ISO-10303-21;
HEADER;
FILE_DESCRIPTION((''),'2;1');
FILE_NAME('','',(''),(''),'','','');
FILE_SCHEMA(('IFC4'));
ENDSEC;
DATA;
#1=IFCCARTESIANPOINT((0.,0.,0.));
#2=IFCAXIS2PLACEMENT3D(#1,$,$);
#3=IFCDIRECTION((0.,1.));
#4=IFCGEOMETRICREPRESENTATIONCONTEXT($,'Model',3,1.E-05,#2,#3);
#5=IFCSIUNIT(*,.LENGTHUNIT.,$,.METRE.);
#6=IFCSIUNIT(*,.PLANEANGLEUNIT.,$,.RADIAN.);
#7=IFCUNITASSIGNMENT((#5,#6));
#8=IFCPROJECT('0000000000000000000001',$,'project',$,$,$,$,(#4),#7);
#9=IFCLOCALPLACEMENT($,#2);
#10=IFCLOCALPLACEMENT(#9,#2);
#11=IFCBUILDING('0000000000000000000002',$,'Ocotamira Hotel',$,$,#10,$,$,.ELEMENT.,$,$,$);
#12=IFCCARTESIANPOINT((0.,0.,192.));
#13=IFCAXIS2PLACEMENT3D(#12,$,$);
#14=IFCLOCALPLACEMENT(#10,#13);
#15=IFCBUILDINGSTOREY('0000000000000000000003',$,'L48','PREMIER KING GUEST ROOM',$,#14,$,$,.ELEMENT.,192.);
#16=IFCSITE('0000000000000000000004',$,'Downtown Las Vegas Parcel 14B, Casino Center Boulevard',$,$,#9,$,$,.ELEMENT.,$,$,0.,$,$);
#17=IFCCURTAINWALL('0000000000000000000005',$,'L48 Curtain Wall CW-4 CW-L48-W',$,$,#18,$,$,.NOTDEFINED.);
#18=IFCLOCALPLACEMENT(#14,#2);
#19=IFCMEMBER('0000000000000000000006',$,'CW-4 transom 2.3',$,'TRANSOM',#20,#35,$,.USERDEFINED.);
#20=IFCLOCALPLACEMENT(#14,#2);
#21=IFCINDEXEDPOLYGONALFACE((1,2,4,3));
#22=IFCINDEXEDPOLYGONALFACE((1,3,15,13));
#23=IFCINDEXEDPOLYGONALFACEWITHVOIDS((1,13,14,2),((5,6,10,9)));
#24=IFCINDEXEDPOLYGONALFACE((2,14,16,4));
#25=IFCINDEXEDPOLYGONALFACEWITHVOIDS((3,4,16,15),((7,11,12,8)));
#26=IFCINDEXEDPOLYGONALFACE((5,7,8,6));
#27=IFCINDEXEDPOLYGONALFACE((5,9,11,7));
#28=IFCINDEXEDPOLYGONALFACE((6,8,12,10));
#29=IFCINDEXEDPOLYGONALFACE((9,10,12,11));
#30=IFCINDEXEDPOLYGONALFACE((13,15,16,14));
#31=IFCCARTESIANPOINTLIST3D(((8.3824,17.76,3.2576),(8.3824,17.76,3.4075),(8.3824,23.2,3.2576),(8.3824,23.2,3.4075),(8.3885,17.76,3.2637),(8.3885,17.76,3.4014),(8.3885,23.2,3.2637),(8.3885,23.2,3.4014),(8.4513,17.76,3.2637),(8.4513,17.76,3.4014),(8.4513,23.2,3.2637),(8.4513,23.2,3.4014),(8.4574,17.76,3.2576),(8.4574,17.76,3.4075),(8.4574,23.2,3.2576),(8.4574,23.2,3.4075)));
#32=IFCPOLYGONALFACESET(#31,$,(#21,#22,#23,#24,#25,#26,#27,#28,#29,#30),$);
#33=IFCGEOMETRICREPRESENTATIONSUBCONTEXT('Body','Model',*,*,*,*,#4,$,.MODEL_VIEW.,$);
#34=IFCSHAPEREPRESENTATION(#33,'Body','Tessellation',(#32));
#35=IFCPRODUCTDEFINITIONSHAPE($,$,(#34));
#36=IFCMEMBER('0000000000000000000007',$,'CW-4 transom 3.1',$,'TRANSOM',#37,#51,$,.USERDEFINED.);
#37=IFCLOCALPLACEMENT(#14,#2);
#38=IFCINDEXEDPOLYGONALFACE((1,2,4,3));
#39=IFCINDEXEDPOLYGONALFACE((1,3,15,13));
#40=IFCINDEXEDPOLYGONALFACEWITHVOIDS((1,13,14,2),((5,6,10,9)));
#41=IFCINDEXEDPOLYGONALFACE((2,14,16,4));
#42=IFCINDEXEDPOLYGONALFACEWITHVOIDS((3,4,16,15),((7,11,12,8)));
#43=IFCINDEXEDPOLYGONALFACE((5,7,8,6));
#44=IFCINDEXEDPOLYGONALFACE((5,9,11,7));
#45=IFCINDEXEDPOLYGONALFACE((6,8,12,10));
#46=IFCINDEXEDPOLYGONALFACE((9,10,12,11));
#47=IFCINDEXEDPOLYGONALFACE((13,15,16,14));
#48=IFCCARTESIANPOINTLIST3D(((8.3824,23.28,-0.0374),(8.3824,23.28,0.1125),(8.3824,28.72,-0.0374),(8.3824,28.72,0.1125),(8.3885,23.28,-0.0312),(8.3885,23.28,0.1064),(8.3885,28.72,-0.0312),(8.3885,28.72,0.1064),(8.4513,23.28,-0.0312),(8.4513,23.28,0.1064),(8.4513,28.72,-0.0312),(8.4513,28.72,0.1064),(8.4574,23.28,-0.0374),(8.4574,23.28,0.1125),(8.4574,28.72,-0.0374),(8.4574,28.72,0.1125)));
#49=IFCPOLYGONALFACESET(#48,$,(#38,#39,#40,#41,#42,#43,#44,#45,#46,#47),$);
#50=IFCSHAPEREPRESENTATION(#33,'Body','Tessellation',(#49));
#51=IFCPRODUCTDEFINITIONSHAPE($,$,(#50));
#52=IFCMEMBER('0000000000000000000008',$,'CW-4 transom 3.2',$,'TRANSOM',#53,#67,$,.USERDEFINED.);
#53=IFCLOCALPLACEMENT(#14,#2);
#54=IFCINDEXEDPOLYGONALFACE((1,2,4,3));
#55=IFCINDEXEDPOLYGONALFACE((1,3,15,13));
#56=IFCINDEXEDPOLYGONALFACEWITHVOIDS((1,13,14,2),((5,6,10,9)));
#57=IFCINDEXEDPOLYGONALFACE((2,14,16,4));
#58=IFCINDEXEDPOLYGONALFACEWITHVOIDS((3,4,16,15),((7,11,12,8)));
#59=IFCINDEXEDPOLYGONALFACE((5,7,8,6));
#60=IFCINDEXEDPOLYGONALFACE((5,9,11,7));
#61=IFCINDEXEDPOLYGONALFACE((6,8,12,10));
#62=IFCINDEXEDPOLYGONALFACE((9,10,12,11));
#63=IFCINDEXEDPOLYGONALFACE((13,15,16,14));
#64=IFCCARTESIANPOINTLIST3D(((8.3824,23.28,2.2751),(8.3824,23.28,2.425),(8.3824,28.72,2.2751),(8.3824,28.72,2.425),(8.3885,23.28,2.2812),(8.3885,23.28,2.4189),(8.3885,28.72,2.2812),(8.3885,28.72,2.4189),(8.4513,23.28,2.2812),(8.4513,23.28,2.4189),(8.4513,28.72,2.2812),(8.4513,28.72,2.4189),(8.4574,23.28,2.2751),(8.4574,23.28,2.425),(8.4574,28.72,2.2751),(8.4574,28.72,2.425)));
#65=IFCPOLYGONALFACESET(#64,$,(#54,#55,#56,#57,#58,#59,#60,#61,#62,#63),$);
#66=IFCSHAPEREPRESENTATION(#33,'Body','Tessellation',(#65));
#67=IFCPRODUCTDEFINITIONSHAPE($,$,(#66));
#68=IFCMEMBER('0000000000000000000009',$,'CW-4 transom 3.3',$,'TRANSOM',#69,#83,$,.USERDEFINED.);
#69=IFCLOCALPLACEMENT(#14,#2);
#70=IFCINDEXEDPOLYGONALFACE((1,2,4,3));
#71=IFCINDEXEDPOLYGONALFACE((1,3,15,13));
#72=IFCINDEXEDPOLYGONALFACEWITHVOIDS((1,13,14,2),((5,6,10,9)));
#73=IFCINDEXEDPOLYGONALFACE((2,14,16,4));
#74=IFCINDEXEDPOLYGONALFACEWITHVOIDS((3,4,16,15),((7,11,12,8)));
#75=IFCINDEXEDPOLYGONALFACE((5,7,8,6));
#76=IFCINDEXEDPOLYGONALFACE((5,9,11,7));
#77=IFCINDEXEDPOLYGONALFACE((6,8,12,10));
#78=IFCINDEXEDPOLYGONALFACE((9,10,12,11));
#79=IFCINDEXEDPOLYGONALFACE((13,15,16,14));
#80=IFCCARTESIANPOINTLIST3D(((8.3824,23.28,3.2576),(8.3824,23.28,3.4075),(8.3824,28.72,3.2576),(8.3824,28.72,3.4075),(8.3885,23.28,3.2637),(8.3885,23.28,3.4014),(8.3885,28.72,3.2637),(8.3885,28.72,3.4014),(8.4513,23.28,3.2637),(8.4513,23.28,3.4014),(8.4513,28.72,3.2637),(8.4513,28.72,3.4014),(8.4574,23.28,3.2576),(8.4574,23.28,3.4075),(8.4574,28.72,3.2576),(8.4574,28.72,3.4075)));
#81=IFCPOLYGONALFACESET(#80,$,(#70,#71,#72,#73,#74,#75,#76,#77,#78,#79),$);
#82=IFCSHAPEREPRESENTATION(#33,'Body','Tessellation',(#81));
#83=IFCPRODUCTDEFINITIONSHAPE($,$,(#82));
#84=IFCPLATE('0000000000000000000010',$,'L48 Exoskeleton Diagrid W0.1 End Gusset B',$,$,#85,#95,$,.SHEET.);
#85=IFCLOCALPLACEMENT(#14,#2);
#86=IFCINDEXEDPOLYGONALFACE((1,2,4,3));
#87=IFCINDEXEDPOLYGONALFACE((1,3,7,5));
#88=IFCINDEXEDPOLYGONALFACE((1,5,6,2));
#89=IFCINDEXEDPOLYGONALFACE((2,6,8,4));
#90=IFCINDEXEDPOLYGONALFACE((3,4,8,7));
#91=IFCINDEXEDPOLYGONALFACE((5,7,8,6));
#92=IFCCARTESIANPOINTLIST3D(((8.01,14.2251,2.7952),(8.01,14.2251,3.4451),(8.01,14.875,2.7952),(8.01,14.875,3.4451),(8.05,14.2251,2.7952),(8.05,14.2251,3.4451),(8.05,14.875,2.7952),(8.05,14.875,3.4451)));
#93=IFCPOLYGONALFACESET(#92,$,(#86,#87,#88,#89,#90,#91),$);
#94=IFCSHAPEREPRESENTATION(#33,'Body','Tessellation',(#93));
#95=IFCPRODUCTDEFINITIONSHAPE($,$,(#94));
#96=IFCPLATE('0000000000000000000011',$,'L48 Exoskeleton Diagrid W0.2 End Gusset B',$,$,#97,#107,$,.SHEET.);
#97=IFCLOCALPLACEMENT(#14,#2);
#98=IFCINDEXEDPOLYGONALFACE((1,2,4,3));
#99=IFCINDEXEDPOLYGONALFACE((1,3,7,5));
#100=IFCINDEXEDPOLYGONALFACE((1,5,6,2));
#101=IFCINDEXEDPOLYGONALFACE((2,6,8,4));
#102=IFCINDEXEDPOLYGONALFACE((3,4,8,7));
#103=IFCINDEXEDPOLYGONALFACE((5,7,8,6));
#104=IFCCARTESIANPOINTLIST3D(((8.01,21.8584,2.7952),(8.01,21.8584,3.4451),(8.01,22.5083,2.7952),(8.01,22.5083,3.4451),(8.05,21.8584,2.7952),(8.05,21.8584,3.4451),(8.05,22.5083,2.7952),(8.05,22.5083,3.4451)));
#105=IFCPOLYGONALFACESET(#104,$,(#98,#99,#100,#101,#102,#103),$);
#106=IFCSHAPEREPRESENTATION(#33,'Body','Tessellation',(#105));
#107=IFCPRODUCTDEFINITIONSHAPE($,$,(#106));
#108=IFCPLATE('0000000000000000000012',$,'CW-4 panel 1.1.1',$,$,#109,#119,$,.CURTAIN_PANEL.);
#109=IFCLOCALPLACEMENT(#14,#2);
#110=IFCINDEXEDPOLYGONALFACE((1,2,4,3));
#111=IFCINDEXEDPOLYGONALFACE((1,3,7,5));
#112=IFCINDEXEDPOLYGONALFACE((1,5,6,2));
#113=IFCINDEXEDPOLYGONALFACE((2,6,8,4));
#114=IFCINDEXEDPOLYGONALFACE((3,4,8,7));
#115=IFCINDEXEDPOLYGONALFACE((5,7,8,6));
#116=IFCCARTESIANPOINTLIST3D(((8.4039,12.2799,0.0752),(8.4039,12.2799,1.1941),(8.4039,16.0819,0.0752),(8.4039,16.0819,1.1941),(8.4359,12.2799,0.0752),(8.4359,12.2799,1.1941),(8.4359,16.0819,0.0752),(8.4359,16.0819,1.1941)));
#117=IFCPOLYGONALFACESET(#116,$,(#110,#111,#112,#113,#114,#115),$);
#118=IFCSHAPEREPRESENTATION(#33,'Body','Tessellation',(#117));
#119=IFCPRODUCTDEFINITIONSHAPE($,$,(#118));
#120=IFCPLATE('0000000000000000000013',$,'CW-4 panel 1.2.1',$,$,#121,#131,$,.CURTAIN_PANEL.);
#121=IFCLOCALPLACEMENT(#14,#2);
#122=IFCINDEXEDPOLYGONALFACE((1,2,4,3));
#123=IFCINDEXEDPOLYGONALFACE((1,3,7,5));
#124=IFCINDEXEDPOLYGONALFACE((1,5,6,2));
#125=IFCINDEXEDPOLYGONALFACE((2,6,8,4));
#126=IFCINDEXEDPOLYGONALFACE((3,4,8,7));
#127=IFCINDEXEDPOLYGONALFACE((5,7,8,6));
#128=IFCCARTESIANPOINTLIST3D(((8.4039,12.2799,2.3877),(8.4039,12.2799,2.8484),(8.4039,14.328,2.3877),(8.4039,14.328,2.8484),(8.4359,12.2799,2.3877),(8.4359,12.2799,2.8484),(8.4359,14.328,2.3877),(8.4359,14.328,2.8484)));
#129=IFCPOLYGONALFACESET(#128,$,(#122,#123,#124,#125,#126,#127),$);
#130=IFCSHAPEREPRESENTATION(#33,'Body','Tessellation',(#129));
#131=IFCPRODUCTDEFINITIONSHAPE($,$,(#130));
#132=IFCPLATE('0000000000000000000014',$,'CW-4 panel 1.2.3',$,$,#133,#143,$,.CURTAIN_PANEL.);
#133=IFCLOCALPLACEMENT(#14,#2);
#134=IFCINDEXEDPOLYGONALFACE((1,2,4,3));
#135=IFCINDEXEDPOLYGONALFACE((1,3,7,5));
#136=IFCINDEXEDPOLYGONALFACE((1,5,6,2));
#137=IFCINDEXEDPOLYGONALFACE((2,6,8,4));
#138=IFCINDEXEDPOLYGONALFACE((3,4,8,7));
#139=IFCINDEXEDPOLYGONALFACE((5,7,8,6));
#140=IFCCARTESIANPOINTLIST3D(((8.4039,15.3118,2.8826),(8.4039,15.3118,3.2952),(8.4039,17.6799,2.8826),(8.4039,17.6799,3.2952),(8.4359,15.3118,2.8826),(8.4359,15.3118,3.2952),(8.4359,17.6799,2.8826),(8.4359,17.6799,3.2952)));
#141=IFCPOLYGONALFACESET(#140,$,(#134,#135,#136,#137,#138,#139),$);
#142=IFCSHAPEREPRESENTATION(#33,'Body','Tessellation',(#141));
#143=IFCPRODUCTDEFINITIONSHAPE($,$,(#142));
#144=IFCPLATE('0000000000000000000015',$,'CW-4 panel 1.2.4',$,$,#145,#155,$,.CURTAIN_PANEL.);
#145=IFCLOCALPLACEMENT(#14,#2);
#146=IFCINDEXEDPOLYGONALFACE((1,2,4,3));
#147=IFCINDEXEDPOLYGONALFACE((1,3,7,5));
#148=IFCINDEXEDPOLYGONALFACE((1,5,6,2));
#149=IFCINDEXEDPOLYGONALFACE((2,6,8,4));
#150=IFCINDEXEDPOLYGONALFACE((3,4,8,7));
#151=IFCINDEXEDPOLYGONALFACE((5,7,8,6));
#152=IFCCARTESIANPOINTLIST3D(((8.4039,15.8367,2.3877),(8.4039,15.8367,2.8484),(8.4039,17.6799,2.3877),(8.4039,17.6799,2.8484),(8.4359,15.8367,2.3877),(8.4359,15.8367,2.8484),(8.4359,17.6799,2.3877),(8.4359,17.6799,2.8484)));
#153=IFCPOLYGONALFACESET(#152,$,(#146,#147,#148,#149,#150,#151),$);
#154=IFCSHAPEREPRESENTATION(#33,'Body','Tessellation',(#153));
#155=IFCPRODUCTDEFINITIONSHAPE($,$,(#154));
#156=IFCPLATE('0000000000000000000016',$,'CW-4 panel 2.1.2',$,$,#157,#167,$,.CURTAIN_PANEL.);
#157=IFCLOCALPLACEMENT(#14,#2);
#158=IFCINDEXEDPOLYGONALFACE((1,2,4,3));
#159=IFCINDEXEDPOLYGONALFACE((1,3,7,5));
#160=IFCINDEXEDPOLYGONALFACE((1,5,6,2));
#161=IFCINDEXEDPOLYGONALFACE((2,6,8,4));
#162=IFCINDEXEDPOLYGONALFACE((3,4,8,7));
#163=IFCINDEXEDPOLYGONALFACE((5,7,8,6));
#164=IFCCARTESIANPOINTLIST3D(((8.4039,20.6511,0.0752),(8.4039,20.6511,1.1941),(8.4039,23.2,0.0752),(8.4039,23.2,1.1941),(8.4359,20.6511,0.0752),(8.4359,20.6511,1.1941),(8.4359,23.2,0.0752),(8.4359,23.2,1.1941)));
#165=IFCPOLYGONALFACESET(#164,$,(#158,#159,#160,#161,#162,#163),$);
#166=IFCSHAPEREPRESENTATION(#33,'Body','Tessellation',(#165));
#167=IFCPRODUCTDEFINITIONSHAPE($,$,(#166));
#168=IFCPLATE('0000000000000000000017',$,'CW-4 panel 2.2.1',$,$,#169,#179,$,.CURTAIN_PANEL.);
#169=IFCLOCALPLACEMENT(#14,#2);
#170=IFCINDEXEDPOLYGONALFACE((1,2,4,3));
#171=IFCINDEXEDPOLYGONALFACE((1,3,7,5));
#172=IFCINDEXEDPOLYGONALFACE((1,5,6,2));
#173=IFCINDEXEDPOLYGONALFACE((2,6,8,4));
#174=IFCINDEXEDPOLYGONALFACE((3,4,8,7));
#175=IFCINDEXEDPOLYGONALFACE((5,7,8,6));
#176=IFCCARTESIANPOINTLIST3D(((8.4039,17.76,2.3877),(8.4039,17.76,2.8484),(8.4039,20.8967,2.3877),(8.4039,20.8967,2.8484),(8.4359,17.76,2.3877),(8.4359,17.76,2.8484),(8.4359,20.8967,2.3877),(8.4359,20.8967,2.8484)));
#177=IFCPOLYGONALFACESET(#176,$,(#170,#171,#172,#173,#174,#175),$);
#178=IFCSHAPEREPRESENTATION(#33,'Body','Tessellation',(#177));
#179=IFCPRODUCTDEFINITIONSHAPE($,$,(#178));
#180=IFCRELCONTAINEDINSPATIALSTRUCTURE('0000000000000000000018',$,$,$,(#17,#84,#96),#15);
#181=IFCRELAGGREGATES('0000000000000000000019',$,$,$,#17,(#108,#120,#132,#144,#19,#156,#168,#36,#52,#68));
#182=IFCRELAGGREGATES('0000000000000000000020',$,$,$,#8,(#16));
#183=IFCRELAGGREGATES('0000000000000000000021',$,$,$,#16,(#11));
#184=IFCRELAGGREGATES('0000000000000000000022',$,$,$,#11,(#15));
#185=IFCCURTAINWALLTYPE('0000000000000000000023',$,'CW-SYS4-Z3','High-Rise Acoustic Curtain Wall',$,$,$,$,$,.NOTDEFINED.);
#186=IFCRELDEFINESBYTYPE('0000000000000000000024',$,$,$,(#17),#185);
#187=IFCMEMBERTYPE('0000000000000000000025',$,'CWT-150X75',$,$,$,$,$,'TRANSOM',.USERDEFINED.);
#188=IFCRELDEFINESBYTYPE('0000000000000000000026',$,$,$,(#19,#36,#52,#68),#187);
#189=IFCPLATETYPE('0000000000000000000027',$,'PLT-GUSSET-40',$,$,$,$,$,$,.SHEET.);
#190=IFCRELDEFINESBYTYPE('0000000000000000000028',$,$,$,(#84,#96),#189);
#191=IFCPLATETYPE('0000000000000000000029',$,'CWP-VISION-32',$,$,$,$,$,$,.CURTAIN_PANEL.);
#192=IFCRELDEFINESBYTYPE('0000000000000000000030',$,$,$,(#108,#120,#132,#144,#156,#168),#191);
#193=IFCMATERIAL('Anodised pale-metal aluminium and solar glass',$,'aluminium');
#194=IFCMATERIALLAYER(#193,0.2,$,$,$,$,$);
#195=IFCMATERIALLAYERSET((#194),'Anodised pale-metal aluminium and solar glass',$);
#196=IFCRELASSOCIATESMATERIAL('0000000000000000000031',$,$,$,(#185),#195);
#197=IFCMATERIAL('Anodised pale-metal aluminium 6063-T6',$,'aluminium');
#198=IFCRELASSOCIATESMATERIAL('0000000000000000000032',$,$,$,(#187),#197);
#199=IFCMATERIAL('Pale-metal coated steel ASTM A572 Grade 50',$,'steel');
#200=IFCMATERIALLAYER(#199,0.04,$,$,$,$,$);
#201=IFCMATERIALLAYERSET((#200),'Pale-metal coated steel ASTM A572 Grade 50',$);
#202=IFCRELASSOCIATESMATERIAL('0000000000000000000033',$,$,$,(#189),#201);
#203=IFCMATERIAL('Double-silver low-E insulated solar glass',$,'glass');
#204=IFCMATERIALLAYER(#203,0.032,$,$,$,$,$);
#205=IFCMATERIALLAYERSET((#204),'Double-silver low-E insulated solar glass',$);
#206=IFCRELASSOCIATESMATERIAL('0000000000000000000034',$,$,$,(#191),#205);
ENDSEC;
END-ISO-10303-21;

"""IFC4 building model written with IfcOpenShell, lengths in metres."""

from ifc_helpers import new_model, si_unit, direction, frame, origin, origin_2d, place, context, subcontext, project, spatial, rectangle, hollow_rectangle, extrude, source, transform, mapped, material, layer, layer_set, material_profile, profile_set, type_object, element, aggregate, save


model = new_model("IFC4")

# Units and contexts
model_context = context("Model", 3, precision=1e-05, world=origin(), true_north=direction((0.0, 1.0)))
body_context = subcontext(model_context, "Body", "Model", "MODEL_VIEW")
ifc_project = project(units=[si_unit("LENGTHUNIT", "METRE"), si_unit("PLANEANGLEUNIT", "RADIAN")], contexts=[model_context])

# Site, building, storey
site_placement = place(None, origin())
site = spatial("IfcSite", under=ifc_project, at=site_placement, Name="Downtown Las Vegas Parcel 14B, Casino Center Boulevard", CompositionType="ELEMENT", RefElevation=0.0)
building_placement = place(site_placement, origin())
building = spatial("IfcBuilding", under=site, at=building_placement, Name="Ocotamira Hotel", CompositionType="ELEMENT")
storey_placement = place(building_placement, frame((0.0, 0.0, 192.0)))
storey = spatial("IfcBuildingStorey", under=building, at=storey_placement, Name="L48", Description="PREMIER KING GUEST ROOM", CompositionType="ELEMENT", Elevation=192.0)

# Curtain wall, members
ifc_material_1 = material(Name="Anodised pale-metal aluminium and solar glass", Category="aluminium")
ifc_layer_1 = layer(ifc_material_1, 0.2)
ifc_layer_set_1 = layer_set([ifc_layer_1], Name="Anodised pale-metal aluminium and solar glass")
curtain_wall_type = type_object("IfcCurtainWallType", Name="CW-SYS4-Z3", Description="High-Rise Acoustic Curtain Wall", PredefinedType="NOTDEFINED", material=ifc_layer_set_1)
curtain_wall_placement = place(storey_placement, origin())
curtain_wall = element("IfcCurtainWall", 1, at=curtain_wall_placement, inside=storey, type_object=curtain_wall_type, Name="L48 Curtain Wall CW-4 CW-L48-W", PredefinedType="NOTDEFINED")
ifc_material_2 = material(Name="Anodised pale-metal aluminium 6063-T6", Category="aluminium")
ifc_material_profile_1 = material_profile(ifc_material_2, hollow_rectangle(XDim=0.075, YDim=0.1499, WallThickness=0.0061, at=origin_2d()), Name="HSS150X75X6")
ifc_profile_set_1 = profile_set([ifc_material_profile_1], Name="Anodised pale-metal aluminium 6063-T6")
member_type_1 = type_object("IfcMemberType", Name="CWT-150X75", ElementType="TRANSOM", PredefinedType="USERDEFINED", material=ifc_profile_set_1)
shared_shape_1 = source(origin(), body_context, "Body", "SweptSolid", [
    extrude(hollow_rectangle(XDim=0.075, YDim=0.1499, WallThickness=0.0061, at=origin_2d()), origin(), (0.0, 0.0, 1.0), 5.4399),
])
member_1_placement = place(storey_placement, frame((8.4199, 17.76, 3.3325), z_axis=(0.0, 1.0, 0.0), x_axis=(-1.0, 0.0, 0.0)))
member_1 = element("IfcMember", 2, at=member_1_placement, type_object=member_type_1, Name="CW-4 transom 2.3", ObjectType="TRANSOM", PredefinedType="USERDEFINED", context=body_context, shape_type="MappedRepresentation", body=[
    mapped(shared_shape_1, transform((0.0, 0.0, 0.0), scale=1.0)),
])
member_2_placement = place(storey_placement, frame((8.4199, 23.28, 0.0376), z_axis=(0.0, 1.0, 0.0), x_axis=(-1.0, 0.0, 0.0)))
member_2 = element("IfcMember", 3, at=member_2_placement, type_object=member_type_1, Name="CW-4 transom 3.1", ObjectType="TRANSOM", PredefinedType="USERDEFINED", context=body_context, shape_type="MappedRepresentation", body=[
    mapped(shared_shape_1, transform((0.0, 0.0, 0.0), scale=1.0)),
])
member_3_placement = place(storey_placement, frame((8.4199, 23.28, 2.3501), z_axis=(0.0, 1.0, 0.0), x_axis=(-1.0, 0.0, 0.0)))
member_3 = element("IfcMember", 4, at=member_3_placement, type_object=member_type_1, Name="CW-4 transom 3.2", ObjectType="TRANSOM", PredefinedType="USERDEFINED", context=body_context, shape_type="MappedRepresentation", body=[
    mapped(shared_shape_1, transform((0.0, 0.0, 0.0), scale=1.0)),
])
member_4_placement = place(storey_placement, frame((8.4199, 23.28, 3.3325), z_axis=(0.0, 1.0, 0.0), x_axis=(-1.0, 0.0, 0.0)))
member_4 = element("IfcMember", 5, at=member_4_placement, type_object=member_type_1, Name="CW-4 transom 3.3", ObjectType="TRANSOM", PredefinedType="USERDEFINED", context=body_context, shape_type="MappedRepresentation", body=[
    mapped(shared_shape_1, transform((0.0, 0.0, 0.0), scale=1.0)),
])

# Plates
ifc_material_3 = material(Name="Pale-metal coated steel ASTM A572 Grade 50", Category="steel")
ifc_layer_2 = layer(ifc_material_3, 0.04)
ifc_layer_set_2 = layer_set([ifc_layer_2], Name="Pale-metal coated steel ASTM A572 Grade 50")
plate_type_1 = type_object("IfcPlateType", Name="PLT-GUSSET-40", PredefinedType="SHEET", material=ifc_layer_set_2)
shared_shape_2 = source(origin(), body_context, "Body", "SweptSolid", [
    extrude(rectangle(XDim=0.04, YDim=0.6499, at=origin_2d()), origin(), (0.0, 0.0, 1.0), 0.6499),
])
for number, where, z_axis, x_axis, name in (
    (6, (8.03, 14.55, 2.7952), (0.0, 0.0, 1.0), (1.0, 0.0, 0.0), "L48 Exoskeleton Diagrid W0.1 End Gusset B"),
    (7, (8.03, 22.1833, 2.7952), (0.0, 0.0, 1.0), (1.0, 0.0, 0.0), "L48 Exoskeleton Diagrid W0.2 End Gusset B"),
):
    element("IfcPlate", number, at=place(storey_placement, frame(where, z_axis=z_axis, x_axis=x_axis)), inside=storey, type_object=plate_type_1, Name=name, PredefinedType="SHEET", context=body_context, shape_type="MappedRepresentation", body=[
        mapped(shared_shape_2, transform((0.0, 0.0, 0.0), scale=1.0)),
    ])

# Plates
ifc_material_4 = material(Name="Double-silver low-E insulated solar glass", Category="glass")
ifc_layer_3 = layer(ifc_material_4, 0.032)
ifc_layer_set_3 = layer_set([ifc_layer_3], Name="Double-silver low-E insulated solar glass")
plate_type_2 = type_object("IfcPlateType", Name="CWP-VISION-32", PredefinedType="CURTAIN_PANEL", material=ifc_layer_set_3)
shared_shape_3 = source(origin(), body_context, "Body", "SweptSolid", [
    extrude(rectangle(XDim=3.802, YDim=0.032, at=origin_2d()), origin(), (0.0, 0.0, 1.0), 1.1189),
])
plate_1_placement = place(storey_placement, frame((8.4199, 14.1809, 0.0752), z_axis=(0.0, 0.0, 1.0), x_axis=(0.0, 1.0, 0.0)))
plate_1 = element("IfcPlate", 8, at=plate_1_placement, type_object=plate_type_2, Name="CW-4 panel 1.1.1", PredefinedType="CURTAIN_PANEL", context=body_context, shape_type="MappedRepresentation", body=[
    mapped(shared_shape_3, transform((0.0, 0.0, 0.0), scale=1.0)),
])
shared_shape_4 = source(origin(), body_context, "Body", "SweptSolid", [
    extrude(rectangle(XDim=2.0481, YDim=0.032, at=origin_2d()), origin(), (0.0, 0.0, 1.0), 0.4607),
])
plate_2_placement = place(storey_placement, frame((8.4199, 13.304, 2.3877), z_axis=(0.0, 0.0, 1.0), x_axis=(0.0, 1.0, 0.0)))
plate_2 = element("IfcPlate", 9, at=plate_2_placement, type_object=plate_type_2, Name="CW-4 panel 1.2.1", PredefinedType="CURTAIN_PANEL", context=body_context, shape_type="MappedRepresentation", body=[
    mapped(shared_shape_4, transform((0.0, 0.0, 0.0), scale=1.0)),
])
shared_shape_5 = source(origin(), body_context, "Body", "SweptSolid", [
    extrude(rectangle(XDim=2.3682, YDim=0.032, at=origin_2d()), origin(), (0.0, 0.0, 1.0), 0.4126),
])
plate_3_placement = place(storey_placement, frame((8.4199, 16.4958, 2.8826), z_axis=(0.0, 0.0, 1.0), x_axis=(0.0, 1.0, 0.0)))
plate_3 = element("IfcPlate", 10, at=plate_3_placement, type_object=plate_type_2, Name="CW-4 panel 1.2.3", PredefinedType="CURTAIN_PANEL", context=body_context, shape_type="MappedRepresentation", body=[
    mapped(shared_shape_5, transform((0.0, 0.0, 0.0), scale=1.0)),
])
shared_shape_6 = source(origin(), body_context, "Body", "SweptSolid", [
    extrude(rectangle(XDim=1.8433, YDim=0.032, at=origin_2d()), origin(), (0.0, 0.0, 1.0), 0.4607),
])
plate_4_placement = place(storey_placement, frame((8.4199, 16.7583, 2.3877), z_axis=(0.0, 0.0, 1.0), x_axis=(0.0, 1.0, 0.0)))
plate_4 = element("IfcPlate", 11, at=plate_4_placement, type_object=plate_type_2, Name="CW-4 panel 1.2.4", PredefinedType="CURTAIN_PANEL", context=body_context, shape_type="MappedRepresentation", body=[
    mapped(shared_shape_6, transform((0.0, 0.0, 0.0), scale=1.0)),
])
shared_shape_7 = source(origin(), body_context, "Body", "SweptSolid", [
    extrude(rectangle(XDim=2.5488, YDim=0.032, at=origin_2d()), origin(), (0.0, 0.0, 1.0), 1.1189),
])
plate_5_placement = place(storey_placement, frame((8.4199, 21.9255, 0.0752), z_axis=(0.0, 0.0, 1.0), x_axis=(0.0, 1.0, 0.0)))
plate_5 = element("IfcPlate", 12, at=plate_5_placement, type_object=plate_type_2, Name="CW-4 panel 2.1.2", PredefinedType="CURTAIN_PANEL", context=body_context, shape_type="MappedRepresentation", body=[
    mapped(shared_shape_7, transform((0.0, 0.0, 0.0), scale=1.0)),
])
shared_shape_8 = source(origin(), body_context, "Body", "SweptSolid", [
    extrude(rectangle(XDim=3.1367, YDim=0.032, at=origin_2d()), origin(), (0.0, 0.0, 1.0), 0.4607),
])
plate_6_placement = place(storey_placement, frame((8.4199, 19.3284, 2.3877), z_axis=(0.0, 0.0, 1.0), x_axis=(0.0, 1.0, 0.0)))
plate_6 = element("IfcPlate", 13, at=plate_6_placement, type_object=plate_type_2, Name="CW-4 panel 2.2.1", PredefinedType="CURTAIN_PANEL", context=body_context, shape_type="MappedRepresentation", body=[
    mapped(shared_shape_8, transform((0.0, 0.0, 0.0), scale=1.0)),
])
aggregate(curtain_wall, [plate_1, plate_2, plate_3, plate_4, member_1, plate_5, plate_6, member_2, member_3, member_4])

save(model, "model.ifc")
